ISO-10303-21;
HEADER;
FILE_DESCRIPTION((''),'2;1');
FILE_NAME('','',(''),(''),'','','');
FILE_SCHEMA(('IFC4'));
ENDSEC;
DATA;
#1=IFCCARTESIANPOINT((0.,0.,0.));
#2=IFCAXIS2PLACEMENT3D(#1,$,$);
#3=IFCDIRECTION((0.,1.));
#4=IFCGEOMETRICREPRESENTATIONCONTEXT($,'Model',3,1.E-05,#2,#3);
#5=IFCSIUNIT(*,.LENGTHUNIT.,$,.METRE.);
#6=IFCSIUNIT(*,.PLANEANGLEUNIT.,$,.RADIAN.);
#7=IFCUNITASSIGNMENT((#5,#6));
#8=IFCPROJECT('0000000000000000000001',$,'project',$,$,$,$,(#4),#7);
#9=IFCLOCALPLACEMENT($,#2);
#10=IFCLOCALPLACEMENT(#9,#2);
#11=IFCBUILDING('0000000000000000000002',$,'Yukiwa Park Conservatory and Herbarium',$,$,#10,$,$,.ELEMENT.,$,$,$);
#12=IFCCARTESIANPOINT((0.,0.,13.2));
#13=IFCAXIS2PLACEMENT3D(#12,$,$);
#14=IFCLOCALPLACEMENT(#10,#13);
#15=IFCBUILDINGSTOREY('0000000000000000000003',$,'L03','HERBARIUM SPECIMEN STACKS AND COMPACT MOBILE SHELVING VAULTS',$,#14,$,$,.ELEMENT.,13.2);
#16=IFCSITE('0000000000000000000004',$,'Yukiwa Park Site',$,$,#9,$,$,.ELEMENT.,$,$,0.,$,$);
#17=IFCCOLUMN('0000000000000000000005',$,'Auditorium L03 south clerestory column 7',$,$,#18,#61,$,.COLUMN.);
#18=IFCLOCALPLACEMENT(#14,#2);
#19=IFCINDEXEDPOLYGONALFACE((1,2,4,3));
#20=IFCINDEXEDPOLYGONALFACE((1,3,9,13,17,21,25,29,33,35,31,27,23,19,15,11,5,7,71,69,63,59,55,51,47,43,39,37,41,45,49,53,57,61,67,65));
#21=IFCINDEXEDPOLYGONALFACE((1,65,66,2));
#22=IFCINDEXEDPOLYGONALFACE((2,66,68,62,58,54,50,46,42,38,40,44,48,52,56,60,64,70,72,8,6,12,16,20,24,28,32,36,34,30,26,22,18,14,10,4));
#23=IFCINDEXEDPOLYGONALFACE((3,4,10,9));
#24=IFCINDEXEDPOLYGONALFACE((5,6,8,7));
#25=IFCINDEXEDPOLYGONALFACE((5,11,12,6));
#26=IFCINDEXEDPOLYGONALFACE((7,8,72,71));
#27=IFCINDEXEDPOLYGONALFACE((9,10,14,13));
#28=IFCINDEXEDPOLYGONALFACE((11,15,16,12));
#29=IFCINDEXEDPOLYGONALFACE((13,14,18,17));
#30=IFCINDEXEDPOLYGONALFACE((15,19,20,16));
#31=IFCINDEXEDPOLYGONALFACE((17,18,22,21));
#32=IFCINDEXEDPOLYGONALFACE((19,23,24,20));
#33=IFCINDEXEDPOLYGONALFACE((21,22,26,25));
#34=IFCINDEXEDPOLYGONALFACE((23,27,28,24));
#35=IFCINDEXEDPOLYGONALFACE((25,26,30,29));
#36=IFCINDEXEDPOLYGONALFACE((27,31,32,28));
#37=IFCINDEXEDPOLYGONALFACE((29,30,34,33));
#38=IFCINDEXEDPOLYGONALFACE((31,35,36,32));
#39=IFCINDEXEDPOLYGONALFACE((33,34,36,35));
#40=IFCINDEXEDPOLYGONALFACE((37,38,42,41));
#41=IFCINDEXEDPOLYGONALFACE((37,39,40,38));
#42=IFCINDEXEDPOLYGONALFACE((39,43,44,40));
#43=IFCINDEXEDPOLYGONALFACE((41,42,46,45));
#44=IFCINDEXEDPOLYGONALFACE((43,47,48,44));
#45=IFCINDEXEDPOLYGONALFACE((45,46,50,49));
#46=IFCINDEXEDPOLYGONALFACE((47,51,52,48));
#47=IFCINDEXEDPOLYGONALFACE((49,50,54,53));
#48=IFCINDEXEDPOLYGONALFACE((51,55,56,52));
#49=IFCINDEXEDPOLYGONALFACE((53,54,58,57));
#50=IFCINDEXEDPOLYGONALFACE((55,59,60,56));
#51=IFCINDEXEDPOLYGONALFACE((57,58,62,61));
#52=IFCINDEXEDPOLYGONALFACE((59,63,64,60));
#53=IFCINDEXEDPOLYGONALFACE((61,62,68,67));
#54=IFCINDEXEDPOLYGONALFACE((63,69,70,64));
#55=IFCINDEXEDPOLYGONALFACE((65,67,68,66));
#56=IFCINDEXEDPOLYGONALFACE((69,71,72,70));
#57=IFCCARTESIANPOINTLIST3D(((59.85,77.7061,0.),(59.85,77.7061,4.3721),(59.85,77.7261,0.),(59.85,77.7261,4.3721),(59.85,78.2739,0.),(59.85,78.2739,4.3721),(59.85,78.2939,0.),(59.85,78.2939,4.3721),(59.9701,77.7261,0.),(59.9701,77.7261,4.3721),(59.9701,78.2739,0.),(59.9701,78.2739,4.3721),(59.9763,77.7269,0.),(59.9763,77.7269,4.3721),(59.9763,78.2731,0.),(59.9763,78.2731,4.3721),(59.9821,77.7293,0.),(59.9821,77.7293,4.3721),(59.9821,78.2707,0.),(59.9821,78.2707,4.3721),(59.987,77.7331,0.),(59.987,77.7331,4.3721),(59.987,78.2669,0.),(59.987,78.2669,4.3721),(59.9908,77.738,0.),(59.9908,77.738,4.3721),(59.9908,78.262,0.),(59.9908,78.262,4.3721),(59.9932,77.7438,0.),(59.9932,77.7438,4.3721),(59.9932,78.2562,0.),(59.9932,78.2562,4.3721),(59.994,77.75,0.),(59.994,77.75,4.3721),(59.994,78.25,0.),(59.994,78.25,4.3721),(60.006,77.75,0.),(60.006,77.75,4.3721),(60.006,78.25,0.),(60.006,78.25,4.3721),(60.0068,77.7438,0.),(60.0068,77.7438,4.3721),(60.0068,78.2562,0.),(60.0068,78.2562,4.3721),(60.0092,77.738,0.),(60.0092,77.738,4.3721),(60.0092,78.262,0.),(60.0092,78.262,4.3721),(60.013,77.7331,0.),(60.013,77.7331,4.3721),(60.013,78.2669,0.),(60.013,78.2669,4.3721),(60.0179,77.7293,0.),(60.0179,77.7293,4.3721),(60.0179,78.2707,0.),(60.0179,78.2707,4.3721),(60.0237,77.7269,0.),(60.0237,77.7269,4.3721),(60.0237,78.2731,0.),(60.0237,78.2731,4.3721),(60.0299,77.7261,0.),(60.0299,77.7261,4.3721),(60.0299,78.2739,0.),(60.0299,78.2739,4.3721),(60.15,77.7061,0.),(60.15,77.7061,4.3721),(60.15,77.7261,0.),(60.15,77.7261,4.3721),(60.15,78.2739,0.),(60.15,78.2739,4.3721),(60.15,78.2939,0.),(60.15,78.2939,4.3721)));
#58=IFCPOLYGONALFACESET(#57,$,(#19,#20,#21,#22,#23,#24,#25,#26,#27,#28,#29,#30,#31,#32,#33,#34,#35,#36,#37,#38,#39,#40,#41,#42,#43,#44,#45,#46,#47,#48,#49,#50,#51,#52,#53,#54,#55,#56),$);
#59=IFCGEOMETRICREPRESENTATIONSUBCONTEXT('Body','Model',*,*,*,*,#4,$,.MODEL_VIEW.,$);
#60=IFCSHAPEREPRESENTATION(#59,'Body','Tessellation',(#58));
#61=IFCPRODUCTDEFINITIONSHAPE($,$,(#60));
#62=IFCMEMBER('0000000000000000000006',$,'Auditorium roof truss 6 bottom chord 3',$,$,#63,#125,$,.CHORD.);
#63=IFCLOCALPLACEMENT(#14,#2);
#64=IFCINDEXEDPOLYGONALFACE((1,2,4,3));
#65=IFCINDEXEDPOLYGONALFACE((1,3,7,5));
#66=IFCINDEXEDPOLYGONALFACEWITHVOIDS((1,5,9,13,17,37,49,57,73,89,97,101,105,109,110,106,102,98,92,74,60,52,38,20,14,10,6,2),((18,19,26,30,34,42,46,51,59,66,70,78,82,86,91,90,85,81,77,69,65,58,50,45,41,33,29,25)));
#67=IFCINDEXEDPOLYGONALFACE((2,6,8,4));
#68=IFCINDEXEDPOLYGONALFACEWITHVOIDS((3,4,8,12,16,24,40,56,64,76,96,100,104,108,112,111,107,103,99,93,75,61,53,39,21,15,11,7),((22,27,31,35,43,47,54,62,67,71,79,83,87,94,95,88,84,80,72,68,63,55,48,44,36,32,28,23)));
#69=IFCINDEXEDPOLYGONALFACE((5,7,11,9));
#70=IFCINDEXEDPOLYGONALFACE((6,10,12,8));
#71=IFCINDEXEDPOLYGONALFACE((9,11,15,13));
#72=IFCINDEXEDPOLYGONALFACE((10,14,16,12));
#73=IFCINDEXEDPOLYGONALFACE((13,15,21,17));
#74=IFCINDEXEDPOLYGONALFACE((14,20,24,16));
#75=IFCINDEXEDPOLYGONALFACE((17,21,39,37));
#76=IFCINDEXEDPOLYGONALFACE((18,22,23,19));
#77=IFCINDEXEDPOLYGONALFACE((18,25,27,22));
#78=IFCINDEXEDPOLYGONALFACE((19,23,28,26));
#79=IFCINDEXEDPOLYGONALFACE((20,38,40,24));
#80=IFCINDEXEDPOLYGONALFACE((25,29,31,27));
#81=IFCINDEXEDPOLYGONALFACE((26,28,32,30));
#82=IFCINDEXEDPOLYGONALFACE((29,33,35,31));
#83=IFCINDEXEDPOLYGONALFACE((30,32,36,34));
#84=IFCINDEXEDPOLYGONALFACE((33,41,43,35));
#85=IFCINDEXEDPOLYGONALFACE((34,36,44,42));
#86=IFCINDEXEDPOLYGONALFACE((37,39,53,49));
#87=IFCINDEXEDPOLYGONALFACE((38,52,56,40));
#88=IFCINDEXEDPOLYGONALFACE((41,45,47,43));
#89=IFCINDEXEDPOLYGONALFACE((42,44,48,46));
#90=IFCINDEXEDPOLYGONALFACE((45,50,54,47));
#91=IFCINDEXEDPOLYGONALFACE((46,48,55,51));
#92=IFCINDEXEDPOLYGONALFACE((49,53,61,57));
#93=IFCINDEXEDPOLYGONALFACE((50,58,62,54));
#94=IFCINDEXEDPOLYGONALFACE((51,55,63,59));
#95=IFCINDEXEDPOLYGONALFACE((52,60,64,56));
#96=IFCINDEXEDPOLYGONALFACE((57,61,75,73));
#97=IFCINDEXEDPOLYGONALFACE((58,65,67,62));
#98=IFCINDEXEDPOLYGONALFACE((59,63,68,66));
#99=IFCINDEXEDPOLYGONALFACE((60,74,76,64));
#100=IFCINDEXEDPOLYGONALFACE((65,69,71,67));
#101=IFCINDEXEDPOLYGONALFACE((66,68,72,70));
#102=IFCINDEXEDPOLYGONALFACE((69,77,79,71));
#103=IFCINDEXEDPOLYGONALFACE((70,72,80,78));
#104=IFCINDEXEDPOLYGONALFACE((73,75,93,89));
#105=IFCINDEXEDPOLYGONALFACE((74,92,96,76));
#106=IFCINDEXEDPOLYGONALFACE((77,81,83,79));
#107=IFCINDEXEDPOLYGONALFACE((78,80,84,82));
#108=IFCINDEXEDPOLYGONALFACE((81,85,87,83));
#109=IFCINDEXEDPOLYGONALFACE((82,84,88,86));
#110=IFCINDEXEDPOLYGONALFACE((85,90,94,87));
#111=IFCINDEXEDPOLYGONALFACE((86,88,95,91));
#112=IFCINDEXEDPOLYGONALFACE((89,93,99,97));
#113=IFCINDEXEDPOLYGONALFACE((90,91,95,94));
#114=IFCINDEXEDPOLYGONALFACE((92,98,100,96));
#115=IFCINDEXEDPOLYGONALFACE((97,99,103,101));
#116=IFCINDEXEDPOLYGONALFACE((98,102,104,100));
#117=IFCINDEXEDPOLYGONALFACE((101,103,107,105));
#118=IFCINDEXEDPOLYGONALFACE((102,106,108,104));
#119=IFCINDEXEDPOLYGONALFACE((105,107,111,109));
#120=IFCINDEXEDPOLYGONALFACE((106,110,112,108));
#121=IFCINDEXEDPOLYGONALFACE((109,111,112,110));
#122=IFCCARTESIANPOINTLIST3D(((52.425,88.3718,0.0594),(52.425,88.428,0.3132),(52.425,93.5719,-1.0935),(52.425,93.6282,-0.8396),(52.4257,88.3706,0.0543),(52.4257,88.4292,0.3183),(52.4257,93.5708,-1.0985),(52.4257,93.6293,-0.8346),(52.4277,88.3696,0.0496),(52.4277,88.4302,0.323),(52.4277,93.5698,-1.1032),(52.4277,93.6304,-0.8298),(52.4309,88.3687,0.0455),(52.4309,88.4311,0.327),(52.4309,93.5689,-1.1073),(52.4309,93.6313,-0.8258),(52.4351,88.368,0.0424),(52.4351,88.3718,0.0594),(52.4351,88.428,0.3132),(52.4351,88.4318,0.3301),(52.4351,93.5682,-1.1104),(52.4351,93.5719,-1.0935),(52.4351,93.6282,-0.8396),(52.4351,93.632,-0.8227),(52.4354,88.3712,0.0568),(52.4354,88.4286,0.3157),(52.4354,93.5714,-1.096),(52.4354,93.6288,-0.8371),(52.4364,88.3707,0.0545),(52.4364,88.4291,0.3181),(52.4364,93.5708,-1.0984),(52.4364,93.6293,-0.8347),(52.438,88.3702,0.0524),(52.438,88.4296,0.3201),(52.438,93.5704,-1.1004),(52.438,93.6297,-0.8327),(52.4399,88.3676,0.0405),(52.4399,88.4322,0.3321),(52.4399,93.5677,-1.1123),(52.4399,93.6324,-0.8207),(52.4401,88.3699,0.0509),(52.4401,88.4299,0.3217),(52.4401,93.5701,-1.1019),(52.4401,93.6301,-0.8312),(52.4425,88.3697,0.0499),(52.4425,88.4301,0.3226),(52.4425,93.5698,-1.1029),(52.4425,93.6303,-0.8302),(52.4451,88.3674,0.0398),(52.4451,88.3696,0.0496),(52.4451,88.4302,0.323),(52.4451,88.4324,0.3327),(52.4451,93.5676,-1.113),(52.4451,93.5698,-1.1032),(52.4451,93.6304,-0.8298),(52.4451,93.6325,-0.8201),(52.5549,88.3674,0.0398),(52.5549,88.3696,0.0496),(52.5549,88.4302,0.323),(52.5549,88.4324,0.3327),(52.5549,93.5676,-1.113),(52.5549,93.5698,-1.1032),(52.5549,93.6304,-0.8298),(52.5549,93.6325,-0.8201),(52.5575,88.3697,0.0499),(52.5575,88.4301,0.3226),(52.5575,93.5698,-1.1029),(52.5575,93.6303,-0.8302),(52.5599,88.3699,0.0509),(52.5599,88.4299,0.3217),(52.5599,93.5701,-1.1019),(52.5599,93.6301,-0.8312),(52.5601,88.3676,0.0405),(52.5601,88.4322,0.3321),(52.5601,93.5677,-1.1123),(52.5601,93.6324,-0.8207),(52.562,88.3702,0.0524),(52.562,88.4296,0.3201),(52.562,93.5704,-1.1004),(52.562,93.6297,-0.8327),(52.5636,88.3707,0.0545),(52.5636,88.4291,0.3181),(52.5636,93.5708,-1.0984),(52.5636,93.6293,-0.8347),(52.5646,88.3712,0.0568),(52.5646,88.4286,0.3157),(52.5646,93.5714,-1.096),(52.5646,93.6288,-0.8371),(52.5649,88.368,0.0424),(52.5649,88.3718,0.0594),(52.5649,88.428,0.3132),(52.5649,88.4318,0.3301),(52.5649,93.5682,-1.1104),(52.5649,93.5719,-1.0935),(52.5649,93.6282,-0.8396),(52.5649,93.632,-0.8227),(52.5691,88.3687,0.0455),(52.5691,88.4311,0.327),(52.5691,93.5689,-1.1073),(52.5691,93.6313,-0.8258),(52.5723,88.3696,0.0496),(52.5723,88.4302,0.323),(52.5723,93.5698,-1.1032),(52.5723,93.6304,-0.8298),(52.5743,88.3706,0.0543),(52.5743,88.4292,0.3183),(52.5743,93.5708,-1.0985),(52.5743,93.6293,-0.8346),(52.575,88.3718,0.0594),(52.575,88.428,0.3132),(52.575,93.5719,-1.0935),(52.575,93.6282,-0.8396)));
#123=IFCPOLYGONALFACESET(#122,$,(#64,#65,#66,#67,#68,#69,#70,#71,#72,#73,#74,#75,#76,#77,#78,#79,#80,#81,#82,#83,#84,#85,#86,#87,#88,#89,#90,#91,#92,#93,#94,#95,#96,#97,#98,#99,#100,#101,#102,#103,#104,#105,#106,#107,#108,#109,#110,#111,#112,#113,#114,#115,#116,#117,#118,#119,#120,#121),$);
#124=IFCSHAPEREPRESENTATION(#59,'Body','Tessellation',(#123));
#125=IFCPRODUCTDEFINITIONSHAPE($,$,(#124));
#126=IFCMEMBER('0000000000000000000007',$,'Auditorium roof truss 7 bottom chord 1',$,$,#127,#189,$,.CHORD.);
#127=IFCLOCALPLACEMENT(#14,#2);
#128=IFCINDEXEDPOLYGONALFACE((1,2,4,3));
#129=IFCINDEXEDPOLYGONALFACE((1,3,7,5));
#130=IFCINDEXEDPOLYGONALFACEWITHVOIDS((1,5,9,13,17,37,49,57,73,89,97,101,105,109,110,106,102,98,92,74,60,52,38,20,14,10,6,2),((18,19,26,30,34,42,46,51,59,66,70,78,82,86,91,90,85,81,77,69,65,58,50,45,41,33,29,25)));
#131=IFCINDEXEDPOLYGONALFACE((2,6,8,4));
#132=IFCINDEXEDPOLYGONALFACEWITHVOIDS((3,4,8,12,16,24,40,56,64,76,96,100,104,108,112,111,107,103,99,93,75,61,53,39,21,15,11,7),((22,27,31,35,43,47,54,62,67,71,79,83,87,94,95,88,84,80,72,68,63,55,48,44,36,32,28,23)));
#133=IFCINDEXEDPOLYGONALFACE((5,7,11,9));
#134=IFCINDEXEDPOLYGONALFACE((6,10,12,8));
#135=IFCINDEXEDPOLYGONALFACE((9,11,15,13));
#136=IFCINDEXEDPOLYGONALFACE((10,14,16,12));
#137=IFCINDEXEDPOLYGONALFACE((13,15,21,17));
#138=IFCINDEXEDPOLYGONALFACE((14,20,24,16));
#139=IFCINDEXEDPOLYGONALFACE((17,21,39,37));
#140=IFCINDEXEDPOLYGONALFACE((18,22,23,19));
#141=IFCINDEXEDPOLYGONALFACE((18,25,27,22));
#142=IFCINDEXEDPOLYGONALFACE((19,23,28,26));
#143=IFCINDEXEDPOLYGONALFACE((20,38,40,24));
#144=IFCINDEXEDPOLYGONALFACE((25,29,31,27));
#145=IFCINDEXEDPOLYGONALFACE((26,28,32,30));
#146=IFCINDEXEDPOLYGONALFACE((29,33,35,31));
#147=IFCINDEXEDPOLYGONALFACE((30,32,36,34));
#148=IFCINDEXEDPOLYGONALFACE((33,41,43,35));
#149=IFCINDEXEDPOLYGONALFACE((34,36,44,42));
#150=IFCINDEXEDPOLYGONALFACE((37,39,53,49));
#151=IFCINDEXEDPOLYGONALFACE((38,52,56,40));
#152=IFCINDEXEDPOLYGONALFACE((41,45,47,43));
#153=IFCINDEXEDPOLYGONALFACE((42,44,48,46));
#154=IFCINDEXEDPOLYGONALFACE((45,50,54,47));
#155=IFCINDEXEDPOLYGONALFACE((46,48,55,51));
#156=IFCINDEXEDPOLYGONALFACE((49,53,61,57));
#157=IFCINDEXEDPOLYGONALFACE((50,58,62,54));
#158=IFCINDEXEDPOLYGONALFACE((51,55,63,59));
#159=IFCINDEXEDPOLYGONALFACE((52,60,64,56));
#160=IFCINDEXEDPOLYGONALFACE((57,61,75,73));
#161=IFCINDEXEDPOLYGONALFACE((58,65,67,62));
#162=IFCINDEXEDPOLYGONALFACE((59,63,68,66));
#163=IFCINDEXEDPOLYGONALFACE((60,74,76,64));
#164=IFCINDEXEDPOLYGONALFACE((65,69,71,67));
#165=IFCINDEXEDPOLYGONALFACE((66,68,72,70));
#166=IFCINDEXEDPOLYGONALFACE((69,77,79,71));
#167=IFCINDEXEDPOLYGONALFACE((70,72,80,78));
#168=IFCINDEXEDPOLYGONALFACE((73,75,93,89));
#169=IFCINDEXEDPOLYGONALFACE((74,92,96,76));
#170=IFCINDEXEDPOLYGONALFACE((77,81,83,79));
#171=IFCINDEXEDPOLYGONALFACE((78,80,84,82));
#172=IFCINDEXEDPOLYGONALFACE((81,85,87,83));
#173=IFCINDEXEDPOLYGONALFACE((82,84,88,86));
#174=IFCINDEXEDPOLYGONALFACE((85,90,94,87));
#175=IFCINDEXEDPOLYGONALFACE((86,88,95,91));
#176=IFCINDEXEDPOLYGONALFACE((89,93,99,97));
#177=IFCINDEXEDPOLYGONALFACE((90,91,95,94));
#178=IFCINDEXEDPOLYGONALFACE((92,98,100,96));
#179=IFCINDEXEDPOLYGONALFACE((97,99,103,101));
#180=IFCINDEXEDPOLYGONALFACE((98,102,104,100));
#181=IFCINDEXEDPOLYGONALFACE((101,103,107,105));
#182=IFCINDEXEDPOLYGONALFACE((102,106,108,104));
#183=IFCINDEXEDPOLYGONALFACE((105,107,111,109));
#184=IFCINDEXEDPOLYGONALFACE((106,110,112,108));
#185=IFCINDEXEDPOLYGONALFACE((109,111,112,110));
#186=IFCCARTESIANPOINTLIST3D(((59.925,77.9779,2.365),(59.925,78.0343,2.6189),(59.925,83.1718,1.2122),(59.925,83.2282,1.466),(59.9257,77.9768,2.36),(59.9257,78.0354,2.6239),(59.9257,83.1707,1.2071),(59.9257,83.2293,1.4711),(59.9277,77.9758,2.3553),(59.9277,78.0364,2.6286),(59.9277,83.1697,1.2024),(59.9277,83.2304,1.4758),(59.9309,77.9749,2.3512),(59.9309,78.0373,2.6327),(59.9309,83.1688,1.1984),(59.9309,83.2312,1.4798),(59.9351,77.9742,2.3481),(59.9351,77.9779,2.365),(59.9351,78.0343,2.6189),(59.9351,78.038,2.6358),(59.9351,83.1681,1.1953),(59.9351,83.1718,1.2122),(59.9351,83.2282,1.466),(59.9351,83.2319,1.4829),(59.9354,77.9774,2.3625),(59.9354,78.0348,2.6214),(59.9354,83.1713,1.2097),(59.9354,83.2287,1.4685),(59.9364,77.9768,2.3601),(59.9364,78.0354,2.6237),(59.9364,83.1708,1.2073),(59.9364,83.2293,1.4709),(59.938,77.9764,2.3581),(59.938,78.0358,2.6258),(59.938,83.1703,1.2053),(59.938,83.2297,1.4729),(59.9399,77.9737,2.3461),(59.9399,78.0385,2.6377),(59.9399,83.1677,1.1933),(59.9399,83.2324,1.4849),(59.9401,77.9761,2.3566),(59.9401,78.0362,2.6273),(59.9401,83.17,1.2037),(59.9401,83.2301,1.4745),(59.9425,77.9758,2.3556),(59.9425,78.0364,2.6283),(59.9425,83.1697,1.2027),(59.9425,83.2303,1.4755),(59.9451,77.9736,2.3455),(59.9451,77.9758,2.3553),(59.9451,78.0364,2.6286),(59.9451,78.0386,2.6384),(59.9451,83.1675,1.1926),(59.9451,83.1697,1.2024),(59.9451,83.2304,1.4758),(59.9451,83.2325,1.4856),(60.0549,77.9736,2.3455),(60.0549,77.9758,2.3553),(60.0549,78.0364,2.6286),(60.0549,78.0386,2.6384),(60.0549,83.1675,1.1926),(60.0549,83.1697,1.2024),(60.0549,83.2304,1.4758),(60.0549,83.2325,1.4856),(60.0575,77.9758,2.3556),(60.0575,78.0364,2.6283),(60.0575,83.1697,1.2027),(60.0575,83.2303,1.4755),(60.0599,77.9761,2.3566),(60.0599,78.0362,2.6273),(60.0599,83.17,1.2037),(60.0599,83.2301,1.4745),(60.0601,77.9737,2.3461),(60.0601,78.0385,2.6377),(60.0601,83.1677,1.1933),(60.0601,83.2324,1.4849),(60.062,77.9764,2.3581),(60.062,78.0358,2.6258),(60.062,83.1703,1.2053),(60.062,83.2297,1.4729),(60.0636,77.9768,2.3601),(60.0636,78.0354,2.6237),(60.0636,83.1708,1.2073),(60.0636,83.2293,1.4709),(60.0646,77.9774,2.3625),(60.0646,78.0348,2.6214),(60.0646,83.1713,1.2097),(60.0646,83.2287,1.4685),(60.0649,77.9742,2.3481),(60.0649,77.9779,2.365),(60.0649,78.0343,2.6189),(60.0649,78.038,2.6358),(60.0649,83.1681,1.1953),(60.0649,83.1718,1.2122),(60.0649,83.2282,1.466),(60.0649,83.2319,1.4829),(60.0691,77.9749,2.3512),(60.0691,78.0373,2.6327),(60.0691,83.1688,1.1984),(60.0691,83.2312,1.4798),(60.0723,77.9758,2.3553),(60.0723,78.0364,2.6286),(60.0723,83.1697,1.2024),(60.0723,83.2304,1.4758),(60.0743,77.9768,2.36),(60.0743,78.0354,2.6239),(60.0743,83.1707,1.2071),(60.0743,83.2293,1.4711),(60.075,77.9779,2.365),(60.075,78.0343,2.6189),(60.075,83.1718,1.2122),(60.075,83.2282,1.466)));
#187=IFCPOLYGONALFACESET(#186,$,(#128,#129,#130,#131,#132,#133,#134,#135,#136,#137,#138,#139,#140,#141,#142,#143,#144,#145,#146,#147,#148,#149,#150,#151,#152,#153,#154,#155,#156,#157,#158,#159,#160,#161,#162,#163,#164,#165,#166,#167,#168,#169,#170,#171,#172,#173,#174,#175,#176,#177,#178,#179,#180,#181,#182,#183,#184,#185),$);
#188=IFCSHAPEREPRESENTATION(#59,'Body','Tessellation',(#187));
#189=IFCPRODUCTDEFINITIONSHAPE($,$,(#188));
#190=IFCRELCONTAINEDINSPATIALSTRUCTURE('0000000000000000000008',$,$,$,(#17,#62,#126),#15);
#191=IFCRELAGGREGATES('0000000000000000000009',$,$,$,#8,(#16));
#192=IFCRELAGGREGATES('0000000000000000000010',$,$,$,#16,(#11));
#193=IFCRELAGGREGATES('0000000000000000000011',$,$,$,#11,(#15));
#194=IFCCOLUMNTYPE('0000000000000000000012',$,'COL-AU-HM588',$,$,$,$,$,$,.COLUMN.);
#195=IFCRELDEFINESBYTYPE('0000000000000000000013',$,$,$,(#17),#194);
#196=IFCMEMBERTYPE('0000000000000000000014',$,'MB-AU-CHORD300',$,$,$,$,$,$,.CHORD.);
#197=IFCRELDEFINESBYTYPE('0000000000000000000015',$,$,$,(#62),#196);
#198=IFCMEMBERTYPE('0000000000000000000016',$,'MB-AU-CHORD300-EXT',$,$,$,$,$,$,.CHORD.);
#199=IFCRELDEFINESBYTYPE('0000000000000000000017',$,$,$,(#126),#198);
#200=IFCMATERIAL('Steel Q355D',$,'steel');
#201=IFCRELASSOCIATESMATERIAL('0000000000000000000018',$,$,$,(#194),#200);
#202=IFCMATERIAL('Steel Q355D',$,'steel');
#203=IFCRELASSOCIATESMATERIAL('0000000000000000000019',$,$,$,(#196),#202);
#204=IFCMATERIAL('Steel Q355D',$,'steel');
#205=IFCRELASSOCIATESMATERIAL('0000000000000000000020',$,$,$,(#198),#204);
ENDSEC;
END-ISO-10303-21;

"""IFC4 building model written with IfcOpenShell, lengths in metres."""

from ifc_helpers import new_model, si_unit, direction, frame, origin, origin_2d, place, context, subcontext, project, spatial, hollow_rectangle, i_section, extrude, material, material_profile, profile_set, type_object, element, save


model = new_model("IFC4")

# Units and contexts
model_context = context("Model", 3, precision=1e-05, world=origin(), true_north=direction((0.0, 1.0)))
body_context = subcontext(model_context, "Body", "Model", "MODEL_VIEW")
ifc_project = project(units=[si_unit("LENGTHUNIT", "METRE"), si_unit("PLANEANGLEUNIT", "RADIAN")], contexts=[model_context])

# Site, building, storey
site_placement = place(None, origin())
site = spatial("IfcSite", under=ifc_project, at=site_placement, Name="Yukiwa Park Site", CompositionType="ELEMENT", RefElevation=0.0)
building_placement = place(site_placement, origin())
building = spatial("IfcBuilding", under=site, at=building_placement, Name="Yukiwa Park Conservatory and Herbarium", CompositionType="ELEMENT")
storey_placement = place(building_placement, frame((0.0, 0.0, 13.2)))
storey = spatial("IfcBuildingStorey", under=building, at=storey_placement, Name="L03", Description="HERBARIUM SPECIMEN STACKS AND COMPACT MOBILE SHELVING VAULTS", CompositionType="ELEMENT", Elevation=13.2)

# Column
ifc_material_1 = material(Name="Steel Q355D", Category="steel")
ifc_material_profile_1 = material_profile(ifc_material_1, i_section(OverallWidth=0.3, OverallDepth=0.5879, WebThickness=0.012, FlangeThickness=0.02, FilletRadius=0.0239, at=origin_2d()), Name="HM 588x300x12x20")
ifc_profile_set_1 = profile_set([ifc_material_profile_1], Name="Steel Q355D")
column_type = type_object("IfcColumnType", Name="COL-AU-HM588", PredefinedType="COLUMN", material=ifc_profile_set_1)
column_placement = place(storey_placement, frame((60.0, 78.0, 0.0), z_axis=(0.0, 0.0, 1.0), x_axis=(1.0, 0.0, 0.0)))
element("IfcColumn", 1, at=column_placement, inside=storey, type_object=column_type, Name="Auditorium L03 south clerestory column 7", PredefinedType="COLUMN", context=body_context, shape_type="SweptSolid", body=[
    extrude(i_section(OverallWidth=0.3, OverallDepth=0.5879, WebThickness=0.012, FlangeThickness=0.02, FilletRadius=0.0239, at=origin_2d()), origin(), (0.0, 0.0, 1.0), 4.3721),
])

# Members
ifc_material_2 = material(Name="Steel Q355D", Category="steel")
ifc_material_profile_2 = material_profile(ifc_material_2, hollow_rectangle(XDim=0.1499, YDim=0.3, WallThickness=0.01, InnerFilletRadius=0.01, OuterFilletRadius=0.02, at=origin_2d()), Name="RHS 300x150x10")
ifc_profile_set_2 = profile_set([ifc_material_profile_2], Name="Steel Q355D")
member_type_1 = type_object("IfcMemberType", Name="MB-AU-CHORD300", PredefinedType="CHORD", material=ifc_profile_set_2)
member_1_placement = place(storey_placement, frame((52.5, 88.3999, 0.1863), z_axis=(0.0, 0.976297, -0.216435), x_axis=(-1.0, 0.0, 0.0)))
element("IfcMember", 2, at=member_1_placement, inside=storey, type_object=member_type_1, Name="Auditorium roof truss 6 bottom chord 3", PredefinedType="CHORD", context=body_context, shape_type="SweptSolid", body=[
    extrude(hollow_rectangle(XDim=0.1499, YDim=0.3, WallThickness=0.01, InnerFilletRadius=0.01, OuterFilletRadius=0.02, at=origin_2d()), origin(), (0.0, 0.0, 1.0), 5.3264),
])
ifc_material_3 = material(Name="Steel Q355D", Category="steel")
ifc_material_profile_3 = material_profile(ifc_material_3, hollow_rectangle(XDim=0.1499, YDim=0.3, WallThickness=0.01, InnerFilletRadius=0.01, OuterFilletRadius=0.02, at=origin_2d()), Name="RHS 300x150x10")
ifc_profile_set_3 = profile_set([ifc_material_profile_3], Name="Steel Q355D")
member_type_2 = type_object("IfcMemberType", Name="MB-AU-CHORD300-EXT", PredefinedType="CHORD", material=ifc_profile_set_3)
member_2_placement = place(storey_placement, frame((60.0, 78.0061, 2.4919), z_axis=(0.0, 0.976241, -0.216688), x_axis=(-1.0, 0.0, 0.0)))
element("IfcMember", 3, at=member_2_placement, inside=storey, type_object=member_type_2, Name="Auditorium roof truss 7 bottom chord 1", PredefinedType="CHORD", context=body_context, shape_type="SweptSolid", body=[
    extrude(hollow_rectangle(XDim=0.1499, YDim=0.3, WallThickness=0.01, InnerFilletRadius=0.01, OuterFilletRadius=0.02, at=origin_2d()), origin(), (0.0, 0.0, 1.0), 5.3203),
])

save(model, "model.ifc")
